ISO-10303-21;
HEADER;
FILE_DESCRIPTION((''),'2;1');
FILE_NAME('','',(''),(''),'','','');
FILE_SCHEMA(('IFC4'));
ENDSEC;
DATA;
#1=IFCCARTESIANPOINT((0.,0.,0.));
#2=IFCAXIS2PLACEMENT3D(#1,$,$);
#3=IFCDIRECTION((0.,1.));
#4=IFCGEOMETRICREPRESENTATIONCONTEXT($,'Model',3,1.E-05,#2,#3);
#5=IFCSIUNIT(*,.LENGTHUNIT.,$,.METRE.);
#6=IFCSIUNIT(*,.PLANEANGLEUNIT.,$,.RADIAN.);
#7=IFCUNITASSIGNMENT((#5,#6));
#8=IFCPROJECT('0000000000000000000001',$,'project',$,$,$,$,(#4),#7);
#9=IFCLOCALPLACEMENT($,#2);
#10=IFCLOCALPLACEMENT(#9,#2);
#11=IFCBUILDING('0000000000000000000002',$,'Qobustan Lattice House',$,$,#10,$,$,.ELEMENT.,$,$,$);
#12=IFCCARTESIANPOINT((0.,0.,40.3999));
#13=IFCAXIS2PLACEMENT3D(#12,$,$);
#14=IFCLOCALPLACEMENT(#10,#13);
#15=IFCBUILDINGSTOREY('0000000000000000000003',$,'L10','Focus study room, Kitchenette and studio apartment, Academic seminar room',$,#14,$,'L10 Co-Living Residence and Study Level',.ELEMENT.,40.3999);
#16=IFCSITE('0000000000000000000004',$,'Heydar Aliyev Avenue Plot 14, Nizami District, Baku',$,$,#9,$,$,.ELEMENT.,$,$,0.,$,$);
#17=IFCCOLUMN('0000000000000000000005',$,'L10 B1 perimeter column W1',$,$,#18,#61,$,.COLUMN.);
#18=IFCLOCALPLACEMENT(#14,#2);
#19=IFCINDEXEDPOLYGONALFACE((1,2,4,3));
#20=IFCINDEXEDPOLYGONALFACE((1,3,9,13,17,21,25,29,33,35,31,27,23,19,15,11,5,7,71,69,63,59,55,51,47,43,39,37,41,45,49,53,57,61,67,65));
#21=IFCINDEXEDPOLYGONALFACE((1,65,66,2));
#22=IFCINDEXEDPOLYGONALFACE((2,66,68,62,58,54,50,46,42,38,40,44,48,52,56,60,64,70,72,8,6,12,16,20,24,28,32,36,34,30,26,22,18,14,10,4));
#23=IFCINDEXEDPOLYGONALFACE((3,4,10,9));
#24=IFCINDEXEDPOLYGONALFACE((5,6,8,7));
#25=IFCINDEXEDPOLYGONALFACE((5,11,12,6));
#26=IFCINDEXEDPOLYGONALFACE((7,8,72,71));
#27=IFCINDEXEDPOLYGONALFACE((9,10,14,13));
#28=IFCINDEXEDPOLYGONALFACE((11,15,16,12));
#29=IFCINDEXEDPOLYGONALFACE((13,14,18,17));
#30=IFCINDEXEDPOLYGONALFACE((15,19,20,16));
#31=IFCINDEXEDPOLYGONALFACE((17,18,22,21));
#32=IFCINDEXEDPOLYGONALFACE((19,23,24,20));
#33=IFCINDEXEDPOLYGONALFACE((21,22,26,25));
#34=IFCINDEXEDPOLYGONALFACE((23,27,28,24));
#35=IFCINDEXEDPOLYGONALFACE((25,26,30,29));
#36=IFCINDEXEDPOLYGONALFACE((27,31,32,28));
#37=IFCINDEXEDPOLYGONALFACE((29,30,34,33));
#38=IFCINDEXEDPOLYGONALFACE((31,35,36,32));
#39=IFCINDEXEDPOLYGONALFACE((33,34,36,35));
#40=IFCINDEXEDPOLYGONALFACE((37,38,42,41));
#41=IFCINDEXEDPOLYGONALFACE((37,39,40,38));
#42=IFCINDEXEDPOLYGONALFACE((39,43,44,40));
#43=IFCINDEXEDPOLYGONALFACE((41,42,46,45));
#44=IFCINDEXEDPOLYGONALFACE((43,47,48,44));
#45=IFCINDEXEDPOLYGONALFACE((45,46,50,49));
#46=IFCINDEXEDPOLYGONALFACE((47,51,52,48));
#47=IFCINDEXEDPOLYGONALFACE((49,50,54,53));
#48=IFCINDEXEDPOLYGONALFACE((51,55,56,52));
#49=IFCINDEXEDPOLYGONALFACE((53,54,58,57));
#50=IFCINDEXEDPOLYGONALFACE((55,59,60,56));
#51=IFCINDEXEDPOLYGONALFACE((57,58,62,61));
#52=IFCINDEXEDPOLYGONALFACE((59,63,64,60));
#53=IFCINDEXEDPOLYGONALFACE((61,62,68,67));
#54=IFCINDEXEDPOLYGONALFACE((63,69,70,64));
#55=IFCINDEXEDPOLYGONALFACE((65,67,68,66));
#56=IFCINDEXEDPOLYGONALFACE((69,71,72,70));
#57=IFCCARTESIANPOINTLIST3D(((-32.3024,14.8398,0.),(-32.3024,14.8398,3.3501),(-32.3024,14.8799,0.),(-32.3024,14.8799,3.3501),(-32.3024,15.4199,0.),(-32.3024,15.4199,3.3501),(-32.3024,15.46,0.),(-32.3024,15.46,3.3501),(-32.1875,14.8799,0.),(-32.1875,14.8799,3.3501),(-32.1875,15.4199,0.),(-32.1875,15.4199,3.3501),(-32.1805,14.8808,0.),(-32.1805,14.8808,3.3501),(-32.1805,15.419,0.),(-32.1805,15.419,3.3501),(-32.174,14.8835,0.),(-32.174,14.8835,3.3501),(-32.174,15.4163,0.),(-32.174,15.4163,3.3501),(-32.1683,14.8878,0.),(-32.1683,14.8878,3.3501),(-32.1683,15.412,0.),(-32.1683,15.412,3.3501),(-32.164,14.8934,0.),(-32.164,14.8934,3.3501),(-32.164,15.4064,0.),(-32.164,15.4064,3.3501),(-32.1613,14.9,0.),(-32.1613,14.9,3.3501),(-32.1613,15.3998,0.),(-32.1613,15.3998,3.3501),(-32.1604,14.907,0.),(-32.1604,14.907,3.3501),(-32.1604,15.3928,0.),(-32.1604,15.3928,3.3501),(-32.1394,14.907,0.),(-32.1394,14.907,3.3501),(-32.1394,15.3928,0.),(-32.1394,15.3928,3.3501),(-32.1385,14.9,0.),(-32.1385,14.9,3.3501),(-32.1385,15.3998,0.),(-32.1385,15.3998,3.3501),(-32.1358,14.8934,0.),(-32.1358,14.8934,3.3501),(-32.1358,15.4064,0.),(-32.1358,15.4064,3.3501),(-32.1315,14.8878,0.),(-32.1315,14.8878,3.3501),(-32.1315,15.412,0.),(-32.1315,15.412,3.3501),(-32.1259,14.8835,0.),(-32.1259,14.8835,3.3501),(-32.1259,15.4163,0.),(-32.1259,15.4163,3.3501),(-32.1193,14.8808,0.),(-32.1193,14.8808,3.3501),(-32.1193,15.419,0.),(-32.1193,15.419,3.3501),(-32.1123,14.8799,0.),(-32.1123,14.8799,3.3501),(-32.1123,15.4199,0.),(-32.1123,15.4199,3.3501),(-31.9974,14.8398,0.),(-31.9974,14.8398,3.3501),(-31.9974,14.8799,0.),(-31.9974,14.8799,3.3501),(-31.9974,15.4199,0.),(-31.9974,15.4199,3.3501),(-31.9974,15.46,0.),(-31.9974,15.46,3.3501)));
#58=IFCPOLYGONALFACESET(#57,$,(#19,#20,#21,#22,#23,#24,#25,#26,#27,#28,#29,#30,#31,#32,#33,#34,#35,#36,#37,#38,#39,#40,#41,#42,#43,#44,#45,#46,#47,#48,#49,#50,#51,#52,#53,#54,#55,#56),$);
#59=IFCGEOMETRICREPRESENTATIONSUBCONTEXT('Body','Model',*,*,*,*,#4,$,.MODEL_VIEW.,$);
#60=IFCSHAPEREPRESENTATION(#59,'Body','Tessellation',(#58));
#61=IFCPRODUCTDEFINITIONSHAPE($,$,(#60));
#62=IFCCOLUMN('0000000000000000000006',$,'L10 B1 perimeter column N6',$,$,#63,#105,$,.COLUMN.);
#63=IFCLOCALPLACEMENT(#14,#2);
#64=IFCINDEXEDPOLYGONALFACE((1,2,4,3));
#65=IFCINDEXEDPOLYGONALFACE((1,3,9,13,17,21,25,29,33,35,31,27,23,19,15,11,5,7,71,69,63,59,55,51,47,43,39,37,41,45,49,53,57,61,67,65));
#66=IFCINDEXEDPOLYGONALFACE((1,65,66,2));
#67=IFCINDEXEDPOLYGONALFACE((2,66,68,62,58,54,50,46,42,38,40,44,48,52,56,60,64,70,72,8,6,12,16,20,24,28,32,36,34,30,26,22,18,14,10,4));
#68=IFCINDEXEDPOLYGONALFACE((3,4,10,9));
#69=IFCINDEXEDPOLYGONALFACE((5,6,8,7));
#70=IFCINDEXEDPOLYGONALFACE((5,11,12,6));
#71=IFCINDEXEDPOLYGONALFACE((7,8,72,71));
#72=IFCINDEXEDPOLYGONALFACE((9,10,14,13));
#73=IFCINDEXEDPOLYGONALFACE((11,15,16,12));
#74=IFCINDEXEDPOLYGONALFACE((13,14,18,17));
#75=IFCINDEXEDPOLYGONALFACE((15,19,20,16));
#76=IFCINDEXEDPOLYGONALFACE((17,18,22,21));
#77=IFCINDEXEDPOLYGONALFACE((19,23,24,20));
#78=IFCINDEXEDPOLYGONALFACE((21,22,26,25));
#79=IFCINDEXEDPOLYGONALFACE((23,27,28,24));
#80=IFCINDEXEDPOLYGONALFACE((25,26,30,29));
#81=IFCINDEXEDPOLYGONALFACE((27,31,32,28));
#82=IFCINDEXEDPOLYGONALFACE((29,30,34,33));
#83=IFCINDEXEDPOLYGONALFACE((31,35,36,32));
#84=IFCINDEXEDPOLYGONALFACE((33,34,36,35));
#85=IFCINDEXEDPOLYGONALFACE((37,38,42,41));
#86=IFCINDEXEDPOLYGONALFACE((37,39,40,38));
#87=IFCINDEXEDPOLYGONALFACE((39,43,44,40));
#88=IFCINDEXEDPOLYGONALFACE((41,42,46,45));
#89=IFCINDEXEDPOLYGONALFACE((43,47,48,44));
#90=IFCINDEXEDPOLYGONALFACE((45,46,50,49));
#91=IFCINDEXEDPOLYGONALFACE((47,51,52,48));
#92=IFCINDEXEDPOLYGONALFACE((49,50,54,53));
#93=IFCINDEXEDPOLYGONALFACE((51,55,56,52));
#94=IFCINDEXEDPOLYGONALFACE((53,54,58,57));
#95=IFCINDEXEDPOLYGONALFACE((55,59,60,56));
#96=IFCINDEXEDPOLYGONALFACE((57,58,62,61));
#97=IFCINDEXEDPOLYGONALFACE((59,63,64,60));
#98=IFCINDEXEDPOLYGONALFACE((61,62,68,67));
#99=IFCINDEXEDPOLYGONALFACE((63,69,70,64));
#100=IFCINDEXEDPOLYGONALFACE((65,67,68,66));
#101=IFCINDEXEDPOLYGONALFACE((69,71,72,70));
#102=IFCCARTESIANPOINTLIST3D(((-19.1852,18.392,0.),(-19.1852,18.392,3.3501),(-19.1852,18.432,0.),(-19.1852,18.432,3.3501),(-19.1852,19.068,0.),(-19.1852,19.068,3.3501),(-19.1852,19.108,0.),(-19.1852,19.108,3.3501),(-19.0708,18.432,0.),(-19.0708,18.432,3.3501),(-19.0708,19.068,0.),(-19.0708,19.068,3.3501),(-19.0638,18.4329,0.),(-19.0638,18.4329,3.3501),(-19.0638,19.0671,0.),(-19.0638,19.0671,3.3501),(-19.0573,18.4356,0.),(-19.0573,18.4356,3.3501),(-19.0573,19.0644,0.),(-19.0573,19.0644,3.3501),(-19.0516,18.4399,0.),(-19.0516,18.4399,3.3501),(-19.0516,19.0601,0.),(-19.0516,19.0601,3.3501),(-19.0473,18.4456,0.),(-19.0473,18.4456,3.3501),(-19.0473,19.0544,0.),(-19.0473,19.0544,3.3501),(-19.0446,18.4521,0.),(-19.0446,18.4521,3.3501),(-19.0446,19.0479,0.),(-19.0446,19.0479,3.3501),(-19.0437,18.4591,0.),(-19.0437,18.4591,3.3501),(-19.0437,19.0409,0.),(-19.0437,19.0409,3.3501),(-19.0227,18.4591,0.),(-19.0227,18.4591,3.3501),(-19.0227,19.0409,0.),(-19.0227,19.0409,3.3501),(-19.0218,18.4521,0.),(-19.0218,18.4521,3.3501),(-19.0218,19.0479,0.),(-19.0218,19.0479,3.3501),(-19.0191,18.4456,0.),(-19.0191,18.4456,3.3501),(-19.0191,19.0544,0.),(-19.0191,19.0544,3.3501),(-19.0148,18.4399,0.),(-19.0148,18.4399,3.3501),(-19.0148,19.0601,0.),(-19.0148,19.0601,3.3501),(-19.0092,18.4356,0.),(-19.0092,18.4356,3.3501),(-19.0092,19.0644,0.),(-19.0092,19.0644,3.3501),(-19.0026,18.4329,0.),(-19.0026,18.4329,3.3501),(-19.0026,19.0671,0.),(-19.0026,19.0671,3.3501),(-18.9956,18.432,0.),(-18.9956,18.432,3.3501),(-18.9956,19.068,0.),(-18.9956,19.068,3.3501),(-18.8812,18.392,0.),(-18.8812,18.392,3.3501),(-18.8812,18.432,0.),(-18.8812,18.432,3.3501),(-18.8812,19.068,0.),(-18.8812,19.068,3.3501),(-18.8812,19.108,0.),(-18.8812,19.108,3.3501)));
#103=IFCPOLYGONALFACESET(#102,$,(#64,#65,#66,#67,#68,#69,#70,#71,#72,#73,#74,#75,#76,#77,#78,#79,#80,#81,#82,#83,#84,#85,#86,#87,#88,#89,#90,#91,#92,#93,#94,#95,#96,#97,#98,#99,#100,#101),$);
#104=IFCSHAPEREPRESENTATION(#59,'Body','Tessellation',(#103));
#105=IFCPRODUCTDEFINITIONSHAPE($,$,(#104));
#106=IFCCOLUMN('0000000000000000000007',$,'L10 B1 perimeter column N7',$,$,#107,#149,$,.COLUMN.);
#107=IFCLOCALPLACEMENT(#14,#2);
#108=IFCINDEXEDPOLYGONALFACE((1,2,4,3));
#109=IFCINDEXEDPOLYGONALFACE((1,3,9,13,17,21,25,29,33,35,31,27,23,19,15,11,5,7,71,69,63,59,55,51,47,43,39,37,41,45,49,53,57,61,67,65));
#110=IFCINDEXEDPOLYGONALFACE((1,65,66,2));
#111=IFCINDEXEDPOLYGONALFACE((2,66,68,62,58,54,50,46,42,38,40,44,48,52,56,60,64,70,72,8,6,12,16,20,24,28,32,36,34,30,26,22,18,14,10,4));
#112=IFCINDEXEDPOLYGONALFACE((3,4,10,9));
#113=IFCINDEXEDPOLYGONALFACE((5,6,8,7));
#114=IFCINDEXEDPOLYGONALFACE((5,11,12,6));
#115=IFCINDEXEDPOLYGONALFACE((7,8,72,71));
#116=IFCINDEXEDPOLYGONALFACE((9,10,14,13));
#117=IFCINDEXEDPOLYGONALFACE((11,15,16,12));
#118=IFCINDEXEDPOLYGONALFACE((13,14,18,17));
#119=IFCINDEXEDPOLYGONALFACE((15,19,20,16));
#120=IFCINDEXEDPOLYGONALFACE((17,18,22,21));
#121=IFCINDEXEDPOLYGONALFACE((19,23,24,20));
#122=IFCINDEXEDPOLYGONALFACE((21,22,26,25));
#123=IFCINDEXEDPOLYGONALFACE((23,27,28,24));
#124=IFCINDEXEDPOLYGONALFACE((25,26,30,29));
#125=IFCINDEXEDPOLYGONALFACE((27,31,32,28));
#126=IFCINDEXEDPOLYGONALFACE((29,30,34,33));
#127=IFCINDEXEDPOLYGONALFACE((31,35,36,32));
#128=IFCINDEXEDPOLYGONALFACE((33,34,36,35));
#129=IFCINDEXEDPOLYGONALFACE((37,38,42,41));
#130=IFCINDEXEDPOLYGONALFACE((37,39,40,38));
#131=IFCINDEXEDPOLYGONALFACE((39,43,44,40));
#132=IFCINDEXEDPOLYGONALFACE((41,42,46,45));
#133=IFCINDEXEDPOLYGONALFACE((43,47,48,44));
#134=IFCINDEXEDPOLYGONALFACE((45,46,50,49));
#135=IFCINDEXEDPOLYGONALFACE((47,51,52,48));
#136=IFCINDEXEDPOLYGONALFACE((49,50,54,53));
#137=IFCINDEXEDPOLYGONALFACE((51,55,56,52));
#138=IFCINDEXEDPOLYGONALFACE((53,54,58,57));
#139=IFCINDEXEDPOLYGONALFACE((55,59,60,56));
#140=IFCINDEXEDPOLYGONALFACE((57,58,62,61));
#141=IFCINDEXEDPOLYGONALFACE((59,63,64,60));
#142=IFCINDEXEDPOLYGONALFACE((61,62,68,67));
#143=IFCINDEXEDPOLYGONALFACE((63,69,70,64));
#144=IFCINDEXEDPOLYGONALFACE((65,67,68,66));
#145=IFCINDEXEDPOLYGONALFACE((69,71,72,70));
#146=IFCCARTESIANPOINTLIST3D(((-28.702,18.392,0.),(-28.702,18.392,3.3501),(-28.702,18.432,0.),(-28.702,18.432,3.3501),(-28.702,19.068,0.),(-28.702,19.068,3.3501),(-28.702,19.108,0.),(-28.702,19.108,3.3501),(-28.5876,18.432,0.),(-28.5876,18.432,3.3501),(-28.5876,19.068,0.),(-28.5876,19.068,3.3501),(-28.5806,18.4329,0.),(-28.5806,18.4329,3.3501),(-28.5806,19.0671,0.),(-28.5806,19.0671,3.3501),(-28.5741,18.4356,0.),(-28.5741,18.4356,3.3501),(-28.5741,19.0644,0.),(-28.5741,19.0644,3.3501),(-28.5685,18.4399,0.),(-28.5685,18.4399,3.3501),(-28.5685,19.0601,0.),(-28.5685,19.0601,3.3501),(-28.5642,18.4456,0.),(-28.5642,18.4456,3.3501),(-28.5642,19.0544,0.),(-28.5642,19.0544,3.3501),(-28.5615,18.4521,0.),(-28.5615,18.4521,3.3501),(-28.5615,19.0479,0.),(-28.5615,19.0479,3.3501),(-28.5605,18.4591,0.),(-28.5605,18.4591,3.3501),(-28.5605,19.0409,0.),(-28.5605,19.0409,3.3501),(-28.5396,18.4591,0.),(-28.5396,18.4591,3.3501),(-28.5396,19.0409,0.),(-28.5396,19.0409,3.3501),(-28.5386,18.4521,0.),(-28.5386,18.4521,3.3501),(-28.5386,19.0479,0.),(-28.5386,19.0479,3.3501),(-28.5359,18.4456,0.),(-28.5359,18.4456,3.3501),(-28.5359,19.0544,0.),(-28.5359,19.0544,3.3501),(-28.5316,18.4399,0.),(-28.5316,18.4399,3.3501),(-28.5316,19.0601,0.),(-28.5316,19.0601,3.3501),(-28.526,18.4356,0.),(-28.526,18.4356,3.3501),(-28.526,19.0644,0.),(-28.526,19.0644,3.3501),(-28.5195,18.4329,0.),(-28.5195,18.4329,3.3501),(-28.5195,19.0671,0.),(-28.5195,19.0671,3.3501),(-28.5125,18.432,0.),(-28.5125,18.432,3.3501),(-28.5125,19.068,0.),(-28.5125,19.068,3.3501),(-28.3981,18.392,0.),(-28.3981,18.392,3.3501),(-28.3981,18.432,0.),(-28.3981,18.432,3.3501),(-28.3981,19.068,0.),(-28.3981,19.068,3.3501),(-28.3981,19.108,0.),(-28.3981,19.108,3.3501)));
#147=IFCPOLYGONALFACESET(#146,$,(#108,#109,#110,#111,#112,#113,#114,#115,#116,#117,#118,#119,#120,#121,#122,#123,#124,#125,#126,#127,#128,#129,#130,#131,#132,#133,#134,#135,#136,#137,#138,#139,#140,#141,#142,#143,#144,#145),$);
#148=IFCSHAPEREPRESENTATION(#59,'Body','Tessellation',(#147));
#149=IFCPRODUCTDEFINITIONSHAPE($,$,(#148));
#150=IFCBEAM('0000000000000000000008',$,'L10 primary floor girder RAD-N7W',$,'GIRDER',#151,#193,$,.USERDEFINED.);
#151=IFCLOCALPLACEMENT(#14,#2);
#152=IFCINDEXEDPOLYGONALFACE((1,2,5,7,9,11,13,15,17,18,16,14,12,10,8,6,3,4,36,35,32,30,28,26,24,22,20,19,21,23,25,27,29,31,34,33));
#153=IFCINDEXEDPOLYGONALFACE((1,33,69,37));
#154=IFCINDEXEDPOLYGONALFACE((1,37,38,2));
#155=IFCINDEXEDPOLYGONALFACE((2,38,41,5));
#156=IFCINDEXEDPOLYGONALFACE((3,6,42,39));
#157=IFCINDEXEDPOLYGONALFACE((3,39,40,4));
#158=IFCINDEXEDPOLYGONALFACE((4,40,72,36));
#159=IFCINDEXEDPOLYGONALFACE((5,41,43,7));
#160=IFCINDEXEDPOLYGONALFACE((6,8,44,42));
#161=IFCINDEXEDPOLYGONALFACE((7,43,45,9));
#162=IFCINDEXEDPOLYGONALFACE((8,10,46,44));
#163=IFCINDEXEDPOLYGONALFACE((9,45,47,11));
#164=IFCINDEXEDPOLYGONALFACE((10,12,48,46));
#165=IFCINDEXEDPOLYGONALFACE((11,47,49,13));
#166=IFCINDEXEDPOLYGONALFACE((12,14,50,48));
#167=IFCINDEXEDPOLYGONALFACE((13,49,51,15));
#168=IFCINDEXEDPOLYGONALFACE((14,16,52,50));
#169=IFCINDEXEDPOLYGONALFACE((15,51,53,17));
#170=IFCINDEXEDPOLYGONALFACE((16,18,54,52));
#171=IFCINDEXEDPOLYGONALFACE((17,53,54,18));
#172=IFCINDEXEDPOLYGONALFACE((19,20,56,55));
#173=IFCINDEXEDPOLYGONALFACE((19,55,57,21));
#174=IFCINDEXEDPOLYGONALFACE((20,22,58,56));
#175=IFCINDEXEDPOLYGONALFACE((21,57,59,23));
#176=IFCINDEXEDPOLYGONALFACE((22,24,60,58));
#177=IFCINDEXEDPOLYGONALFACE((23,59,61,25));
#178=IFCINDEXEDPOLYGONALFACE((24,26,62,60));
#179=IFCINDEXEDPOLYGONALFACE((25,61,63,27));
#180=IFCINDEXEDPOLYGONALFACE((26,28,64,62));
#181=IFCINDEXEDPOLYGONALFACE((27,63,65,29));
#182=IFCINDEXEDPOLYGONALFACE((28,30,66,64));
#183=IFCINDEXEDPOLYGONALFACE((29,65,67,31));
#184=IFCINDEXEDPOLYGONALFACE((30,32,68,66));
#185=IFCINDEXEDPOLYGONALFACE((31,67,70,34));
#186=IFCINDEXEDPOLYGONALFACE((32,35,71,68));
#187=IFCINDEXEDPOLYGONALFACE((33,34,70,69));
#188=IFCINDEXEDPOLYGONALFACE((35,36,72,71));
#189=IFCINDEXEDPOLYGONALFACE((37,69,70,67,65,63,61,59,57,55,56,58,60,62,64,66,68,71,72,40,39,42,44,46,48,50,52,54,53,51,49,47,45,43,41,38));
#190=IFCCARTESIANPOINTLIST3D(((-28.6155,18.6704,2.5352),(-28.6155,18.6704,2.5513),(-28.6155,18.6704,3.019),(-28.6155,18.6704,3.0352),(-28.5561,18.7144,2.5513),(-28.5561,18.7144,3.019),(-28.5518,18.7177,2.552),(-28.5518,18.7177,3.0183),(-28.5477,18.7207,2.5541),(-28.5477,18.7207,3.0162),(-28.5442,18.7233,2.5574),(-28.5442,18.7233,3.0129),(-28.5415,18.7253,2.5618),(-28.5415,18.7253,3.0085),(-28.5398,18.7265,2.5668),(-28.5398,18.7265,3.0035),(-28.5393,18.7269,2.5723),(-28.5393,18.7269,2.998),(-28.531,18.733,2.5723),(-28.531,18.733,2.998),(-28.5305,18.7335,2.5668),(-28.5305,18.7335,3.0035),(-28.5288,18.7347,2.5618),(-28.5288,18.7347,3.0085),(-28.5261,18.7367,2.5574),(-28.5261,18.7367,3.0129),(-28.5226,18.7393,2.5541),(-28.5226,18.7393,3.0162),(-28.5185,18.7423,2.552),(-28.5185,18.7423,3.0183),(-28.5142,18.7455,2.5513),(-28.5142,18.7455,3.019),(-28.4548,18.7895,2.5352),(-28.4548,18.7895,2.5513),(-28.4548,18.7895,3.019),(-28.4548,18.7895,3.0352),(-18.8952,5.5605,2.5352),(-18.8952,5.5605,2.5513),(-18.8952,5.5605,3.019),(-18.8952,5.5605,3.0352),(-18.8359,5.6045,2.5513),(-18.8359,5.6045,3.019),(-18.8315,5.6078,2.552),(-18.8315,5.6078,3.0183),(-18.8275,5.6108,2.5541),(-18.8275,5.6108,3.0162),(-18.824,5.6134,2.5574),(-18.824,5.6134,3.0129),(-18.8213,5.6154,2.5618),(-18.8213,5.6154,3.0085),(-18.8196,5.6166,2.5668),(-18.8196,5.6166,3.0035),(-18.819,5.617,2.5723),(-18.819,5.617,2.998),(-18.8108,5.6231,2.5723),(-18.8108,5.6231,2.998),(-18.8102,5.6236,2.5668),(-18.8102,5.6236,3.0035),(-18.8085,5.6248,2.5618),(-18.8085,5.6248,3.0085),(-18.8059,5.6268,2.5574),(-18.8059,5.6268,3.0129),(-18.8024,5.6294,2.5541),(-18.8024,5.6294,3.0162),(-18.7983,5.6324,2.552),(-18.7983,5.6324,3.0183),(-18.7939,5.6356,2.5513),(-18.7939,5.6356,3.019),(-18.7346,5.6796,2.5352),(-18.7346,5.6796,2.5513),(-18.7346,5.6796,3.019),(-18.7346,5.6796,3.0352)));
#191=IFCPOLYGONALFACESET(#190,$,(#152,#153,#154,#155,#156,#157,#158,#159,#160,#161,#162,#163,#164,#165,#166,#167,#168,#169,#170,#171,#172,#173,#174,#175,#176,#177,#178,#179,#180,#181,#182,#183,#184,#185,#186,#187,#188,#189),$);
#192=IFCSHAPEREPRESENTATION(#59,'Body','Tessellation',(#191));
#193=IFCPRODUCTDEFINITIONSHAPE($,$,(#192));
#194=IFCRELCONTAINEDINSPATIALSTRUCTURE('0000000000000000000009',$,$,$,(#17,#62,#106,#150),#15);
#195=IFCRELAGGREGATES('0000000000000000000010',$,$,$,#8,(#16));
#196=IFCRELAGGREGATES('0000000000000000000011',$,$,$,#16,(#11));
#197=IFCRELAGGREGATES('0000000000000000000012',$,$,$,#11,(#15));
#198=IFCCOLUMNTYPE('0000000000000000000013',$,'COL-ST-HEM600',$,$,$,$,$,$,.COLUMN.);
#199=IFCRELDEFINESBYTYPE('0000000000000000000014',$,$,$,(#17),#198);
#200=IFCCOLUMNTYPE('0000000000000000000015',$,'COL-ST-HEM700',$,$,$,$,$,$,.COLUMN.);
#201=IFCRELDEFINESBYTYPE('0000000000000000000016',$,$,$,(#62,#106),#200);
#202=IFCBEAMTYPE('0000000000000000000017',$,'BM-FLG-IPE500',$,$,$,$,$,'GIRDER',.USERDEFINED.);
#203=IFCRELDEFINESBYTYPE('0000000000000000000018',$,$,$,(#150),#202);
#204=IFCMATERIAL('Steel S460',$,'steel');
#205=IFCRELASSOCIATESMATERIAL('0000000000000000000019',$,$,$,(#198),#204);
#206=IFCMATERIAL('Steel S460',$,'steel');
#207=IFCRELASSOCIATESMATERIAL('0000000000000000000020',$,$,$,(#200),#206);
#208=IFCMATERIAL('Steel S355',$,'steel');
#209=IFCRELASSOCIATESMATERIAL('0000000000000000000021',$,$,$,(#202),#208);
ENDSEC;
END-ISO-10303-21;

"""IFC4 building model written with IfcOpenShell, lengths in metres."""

from ifc_helpers import new_model, si_unit, direction, frame, origin, origin_2d, place, context, subcontext, project, spatial, i_section, extrude, material, material_profile, profile_set, type_object, element, save


model = new_model("IFC4")

# Units and contexts
model_context = context("Model", 3, precision=1e-05, world=origin(), true_north=direction((0.0, 1.0)))
body_context = subcontext(model_context, "Body", "Model", "MODEL_VIEW")
ifc_project = project(units=[si_unit("LENGTHUNIT", "METRE"), si_unit("PLANEANGLEUNIT", "RADIAN")], contexts=[model_context])

# Site, building, storey
site_placement = place(None, origin())
site = spatial("IfcSite", under=ifc_project, at=site_placement, Name="Heydar Aliyev Avenue Plot 14, Nizami District, Baku", CompositionType="ELEMENT", RefElevation=0.0)
building_placement = place(site_placement, origin())
building = spatial("IfcBuilding", under=site, at=building_placement, Name="Qobustan Lattice House", CompositionType="ELEMENT")
storey_placement = place(building_placement, frame((0.0, 0.0, 40.3999)))
storey = spatial("IfcBuildingStorey", under=building, at=storey_placement, Name="L10", Description="Focus study room, Kitchenette and studio apartment, Academic seminar room", LongName="L10 Co-Living Residence and Study Level", CompositionType="ELEMENT", Elevation=40.3999)

# Columns
ifc_material_1 = material(Name="Steel S460", Category="steel")
ifc_material_profile_1 = material_profile(ifc_material_1, i_section(OverallWidth=0.3049, OverallDepth=0.6201, WebThickness=0.021, FlangeThickness=0.04, FilletRadius=0.0271, at=origin_2d()), Name="HEM600")
ifc_profile_set_1 = profile_set([ifc_material_profile_1], Name="Steel S460")
column_type_1 = type_object("IfcColumnType", Name="COL-ST-HEM600", PredefinedType="COLUMN", material=ifc_profile_set_1)
column_placement = place(storey_placement, frame((-32.1499, 15.1499, 0.0), z_axis=(0.0, 0.0, 1.0), x_axis=(1.0, 0.0, 0.0)))
element("IfcColumn", 1, at=column_placement, inside=storey, type_object=column_type_1, Name="L10 B1 perimeter column W1", PredefinedType="COLUMN", context=body_context, shape_type="SweptSolid", body=[
    extrude(i_section(OverallWidth=0.3049, OverallDepth=0.6201, WebThickness=0.021, FlangeThickness=0.04, FilletRadius=0.0271, at=origin_2d()), origin(), (0.0, 0.0, 1.0), 3.3501),
])
ifc_material_2 = material(Name="Steel S460", Category="steel")
ifc_material_profile_2 = material_profile(ifc_material_2, i_section(OverallWidth=0.304, OverallDepth=0.7161, WebThickness=0.021, FlangeThickness=0.04, FilletRadius=0.0271, at=origin_2d()), Name="HEM700")
ifc_profile_set_2 = profile_set([ifc_material_profile_2], Name="Steel S460")
column_type_2 = type_object("IfcColumnType", Name="COL-ST-HEM700", PredefinedType="COLUMN", material=ifc_profile_set_2)
for number, where, z_axis, x_axis, name in (
    (2, (-19.0332, 18.75, 0.0), (0.0, 0.0, 1.0), (1.0, 0.0, 0.0), "L10 B1 perimeter column N6"),
    (3, (-28.55, 18.75, 0.0), (0.0, 0.0, 1.0), (1.0, 0.0, 0.0), "L10 B1 perimeter column N7"),
):
    element("IfcColumn", number, at=place(storey_placement, frame(where, z_axis=z_axis, x_axis=x_axis)), inside=storey, type_object=column_type_2, Name=name, PredefinedType="COLUMN", context=body_context, shape_type="SweptSolid", body=[
        extrude(i_section(OverallWidth=0.304, OverallDepth=0.7161, WebThickness=0.021, FlangeThickness=0.04, FilletRadius=0.0271, at=origin_2d()), origin(), (0.0, 0.0, 1.0), 3.3501),
    ])

# Beam
ifc_material_3 = material(Name="Steel S355", Category="steel")
ifc_material_profile_3 = material_profile(ifc_material_3, i_section(OverallWidth=0.2, OverallDepth=0.5, WebThickness=0.0103, FlangeThickness=0.0161, FilletRadius=0.021, at=origin_2d()), Name="IPE500")
ifc_profile_set_3 = profile_set([ifc_material_profile_3], Name="Steel S355")
beam_type_1 = type_object("IfcBeamType", Name="BM-FLG-IPE500", ElementType="GIRDER", PredefinedType="USERDEFINED", material=ifc_profile_set_3)
beam_1_placement = place(storey_placement, frame((-28.5352, 18.73, 2.7852), z_axis=(0.595592, -0.803287, 0.0), x_axis=(0.803287, 0.595592, 0.0)))
element("IfcBeam", 4, at=beam_1_placement, inside=storey, type_object=beam_type_1, Name="L10 primary floor girder RAD-N7W", ObjectType="GIRDER", PredefinedType="USERDEFINED", context=body_context, shape_type="SweptSolid", body=[
    extrude(i_section(OverallWidth=0.2, OverallDepth=0.5, WebThickness=0.0103, FlangeThickness=0.0161, FilletRadius=0.021, at=origin_2d()), origin(), (0.0, 0.0, 1.0), 16.3203),
])

save(model, "model.ifc")
